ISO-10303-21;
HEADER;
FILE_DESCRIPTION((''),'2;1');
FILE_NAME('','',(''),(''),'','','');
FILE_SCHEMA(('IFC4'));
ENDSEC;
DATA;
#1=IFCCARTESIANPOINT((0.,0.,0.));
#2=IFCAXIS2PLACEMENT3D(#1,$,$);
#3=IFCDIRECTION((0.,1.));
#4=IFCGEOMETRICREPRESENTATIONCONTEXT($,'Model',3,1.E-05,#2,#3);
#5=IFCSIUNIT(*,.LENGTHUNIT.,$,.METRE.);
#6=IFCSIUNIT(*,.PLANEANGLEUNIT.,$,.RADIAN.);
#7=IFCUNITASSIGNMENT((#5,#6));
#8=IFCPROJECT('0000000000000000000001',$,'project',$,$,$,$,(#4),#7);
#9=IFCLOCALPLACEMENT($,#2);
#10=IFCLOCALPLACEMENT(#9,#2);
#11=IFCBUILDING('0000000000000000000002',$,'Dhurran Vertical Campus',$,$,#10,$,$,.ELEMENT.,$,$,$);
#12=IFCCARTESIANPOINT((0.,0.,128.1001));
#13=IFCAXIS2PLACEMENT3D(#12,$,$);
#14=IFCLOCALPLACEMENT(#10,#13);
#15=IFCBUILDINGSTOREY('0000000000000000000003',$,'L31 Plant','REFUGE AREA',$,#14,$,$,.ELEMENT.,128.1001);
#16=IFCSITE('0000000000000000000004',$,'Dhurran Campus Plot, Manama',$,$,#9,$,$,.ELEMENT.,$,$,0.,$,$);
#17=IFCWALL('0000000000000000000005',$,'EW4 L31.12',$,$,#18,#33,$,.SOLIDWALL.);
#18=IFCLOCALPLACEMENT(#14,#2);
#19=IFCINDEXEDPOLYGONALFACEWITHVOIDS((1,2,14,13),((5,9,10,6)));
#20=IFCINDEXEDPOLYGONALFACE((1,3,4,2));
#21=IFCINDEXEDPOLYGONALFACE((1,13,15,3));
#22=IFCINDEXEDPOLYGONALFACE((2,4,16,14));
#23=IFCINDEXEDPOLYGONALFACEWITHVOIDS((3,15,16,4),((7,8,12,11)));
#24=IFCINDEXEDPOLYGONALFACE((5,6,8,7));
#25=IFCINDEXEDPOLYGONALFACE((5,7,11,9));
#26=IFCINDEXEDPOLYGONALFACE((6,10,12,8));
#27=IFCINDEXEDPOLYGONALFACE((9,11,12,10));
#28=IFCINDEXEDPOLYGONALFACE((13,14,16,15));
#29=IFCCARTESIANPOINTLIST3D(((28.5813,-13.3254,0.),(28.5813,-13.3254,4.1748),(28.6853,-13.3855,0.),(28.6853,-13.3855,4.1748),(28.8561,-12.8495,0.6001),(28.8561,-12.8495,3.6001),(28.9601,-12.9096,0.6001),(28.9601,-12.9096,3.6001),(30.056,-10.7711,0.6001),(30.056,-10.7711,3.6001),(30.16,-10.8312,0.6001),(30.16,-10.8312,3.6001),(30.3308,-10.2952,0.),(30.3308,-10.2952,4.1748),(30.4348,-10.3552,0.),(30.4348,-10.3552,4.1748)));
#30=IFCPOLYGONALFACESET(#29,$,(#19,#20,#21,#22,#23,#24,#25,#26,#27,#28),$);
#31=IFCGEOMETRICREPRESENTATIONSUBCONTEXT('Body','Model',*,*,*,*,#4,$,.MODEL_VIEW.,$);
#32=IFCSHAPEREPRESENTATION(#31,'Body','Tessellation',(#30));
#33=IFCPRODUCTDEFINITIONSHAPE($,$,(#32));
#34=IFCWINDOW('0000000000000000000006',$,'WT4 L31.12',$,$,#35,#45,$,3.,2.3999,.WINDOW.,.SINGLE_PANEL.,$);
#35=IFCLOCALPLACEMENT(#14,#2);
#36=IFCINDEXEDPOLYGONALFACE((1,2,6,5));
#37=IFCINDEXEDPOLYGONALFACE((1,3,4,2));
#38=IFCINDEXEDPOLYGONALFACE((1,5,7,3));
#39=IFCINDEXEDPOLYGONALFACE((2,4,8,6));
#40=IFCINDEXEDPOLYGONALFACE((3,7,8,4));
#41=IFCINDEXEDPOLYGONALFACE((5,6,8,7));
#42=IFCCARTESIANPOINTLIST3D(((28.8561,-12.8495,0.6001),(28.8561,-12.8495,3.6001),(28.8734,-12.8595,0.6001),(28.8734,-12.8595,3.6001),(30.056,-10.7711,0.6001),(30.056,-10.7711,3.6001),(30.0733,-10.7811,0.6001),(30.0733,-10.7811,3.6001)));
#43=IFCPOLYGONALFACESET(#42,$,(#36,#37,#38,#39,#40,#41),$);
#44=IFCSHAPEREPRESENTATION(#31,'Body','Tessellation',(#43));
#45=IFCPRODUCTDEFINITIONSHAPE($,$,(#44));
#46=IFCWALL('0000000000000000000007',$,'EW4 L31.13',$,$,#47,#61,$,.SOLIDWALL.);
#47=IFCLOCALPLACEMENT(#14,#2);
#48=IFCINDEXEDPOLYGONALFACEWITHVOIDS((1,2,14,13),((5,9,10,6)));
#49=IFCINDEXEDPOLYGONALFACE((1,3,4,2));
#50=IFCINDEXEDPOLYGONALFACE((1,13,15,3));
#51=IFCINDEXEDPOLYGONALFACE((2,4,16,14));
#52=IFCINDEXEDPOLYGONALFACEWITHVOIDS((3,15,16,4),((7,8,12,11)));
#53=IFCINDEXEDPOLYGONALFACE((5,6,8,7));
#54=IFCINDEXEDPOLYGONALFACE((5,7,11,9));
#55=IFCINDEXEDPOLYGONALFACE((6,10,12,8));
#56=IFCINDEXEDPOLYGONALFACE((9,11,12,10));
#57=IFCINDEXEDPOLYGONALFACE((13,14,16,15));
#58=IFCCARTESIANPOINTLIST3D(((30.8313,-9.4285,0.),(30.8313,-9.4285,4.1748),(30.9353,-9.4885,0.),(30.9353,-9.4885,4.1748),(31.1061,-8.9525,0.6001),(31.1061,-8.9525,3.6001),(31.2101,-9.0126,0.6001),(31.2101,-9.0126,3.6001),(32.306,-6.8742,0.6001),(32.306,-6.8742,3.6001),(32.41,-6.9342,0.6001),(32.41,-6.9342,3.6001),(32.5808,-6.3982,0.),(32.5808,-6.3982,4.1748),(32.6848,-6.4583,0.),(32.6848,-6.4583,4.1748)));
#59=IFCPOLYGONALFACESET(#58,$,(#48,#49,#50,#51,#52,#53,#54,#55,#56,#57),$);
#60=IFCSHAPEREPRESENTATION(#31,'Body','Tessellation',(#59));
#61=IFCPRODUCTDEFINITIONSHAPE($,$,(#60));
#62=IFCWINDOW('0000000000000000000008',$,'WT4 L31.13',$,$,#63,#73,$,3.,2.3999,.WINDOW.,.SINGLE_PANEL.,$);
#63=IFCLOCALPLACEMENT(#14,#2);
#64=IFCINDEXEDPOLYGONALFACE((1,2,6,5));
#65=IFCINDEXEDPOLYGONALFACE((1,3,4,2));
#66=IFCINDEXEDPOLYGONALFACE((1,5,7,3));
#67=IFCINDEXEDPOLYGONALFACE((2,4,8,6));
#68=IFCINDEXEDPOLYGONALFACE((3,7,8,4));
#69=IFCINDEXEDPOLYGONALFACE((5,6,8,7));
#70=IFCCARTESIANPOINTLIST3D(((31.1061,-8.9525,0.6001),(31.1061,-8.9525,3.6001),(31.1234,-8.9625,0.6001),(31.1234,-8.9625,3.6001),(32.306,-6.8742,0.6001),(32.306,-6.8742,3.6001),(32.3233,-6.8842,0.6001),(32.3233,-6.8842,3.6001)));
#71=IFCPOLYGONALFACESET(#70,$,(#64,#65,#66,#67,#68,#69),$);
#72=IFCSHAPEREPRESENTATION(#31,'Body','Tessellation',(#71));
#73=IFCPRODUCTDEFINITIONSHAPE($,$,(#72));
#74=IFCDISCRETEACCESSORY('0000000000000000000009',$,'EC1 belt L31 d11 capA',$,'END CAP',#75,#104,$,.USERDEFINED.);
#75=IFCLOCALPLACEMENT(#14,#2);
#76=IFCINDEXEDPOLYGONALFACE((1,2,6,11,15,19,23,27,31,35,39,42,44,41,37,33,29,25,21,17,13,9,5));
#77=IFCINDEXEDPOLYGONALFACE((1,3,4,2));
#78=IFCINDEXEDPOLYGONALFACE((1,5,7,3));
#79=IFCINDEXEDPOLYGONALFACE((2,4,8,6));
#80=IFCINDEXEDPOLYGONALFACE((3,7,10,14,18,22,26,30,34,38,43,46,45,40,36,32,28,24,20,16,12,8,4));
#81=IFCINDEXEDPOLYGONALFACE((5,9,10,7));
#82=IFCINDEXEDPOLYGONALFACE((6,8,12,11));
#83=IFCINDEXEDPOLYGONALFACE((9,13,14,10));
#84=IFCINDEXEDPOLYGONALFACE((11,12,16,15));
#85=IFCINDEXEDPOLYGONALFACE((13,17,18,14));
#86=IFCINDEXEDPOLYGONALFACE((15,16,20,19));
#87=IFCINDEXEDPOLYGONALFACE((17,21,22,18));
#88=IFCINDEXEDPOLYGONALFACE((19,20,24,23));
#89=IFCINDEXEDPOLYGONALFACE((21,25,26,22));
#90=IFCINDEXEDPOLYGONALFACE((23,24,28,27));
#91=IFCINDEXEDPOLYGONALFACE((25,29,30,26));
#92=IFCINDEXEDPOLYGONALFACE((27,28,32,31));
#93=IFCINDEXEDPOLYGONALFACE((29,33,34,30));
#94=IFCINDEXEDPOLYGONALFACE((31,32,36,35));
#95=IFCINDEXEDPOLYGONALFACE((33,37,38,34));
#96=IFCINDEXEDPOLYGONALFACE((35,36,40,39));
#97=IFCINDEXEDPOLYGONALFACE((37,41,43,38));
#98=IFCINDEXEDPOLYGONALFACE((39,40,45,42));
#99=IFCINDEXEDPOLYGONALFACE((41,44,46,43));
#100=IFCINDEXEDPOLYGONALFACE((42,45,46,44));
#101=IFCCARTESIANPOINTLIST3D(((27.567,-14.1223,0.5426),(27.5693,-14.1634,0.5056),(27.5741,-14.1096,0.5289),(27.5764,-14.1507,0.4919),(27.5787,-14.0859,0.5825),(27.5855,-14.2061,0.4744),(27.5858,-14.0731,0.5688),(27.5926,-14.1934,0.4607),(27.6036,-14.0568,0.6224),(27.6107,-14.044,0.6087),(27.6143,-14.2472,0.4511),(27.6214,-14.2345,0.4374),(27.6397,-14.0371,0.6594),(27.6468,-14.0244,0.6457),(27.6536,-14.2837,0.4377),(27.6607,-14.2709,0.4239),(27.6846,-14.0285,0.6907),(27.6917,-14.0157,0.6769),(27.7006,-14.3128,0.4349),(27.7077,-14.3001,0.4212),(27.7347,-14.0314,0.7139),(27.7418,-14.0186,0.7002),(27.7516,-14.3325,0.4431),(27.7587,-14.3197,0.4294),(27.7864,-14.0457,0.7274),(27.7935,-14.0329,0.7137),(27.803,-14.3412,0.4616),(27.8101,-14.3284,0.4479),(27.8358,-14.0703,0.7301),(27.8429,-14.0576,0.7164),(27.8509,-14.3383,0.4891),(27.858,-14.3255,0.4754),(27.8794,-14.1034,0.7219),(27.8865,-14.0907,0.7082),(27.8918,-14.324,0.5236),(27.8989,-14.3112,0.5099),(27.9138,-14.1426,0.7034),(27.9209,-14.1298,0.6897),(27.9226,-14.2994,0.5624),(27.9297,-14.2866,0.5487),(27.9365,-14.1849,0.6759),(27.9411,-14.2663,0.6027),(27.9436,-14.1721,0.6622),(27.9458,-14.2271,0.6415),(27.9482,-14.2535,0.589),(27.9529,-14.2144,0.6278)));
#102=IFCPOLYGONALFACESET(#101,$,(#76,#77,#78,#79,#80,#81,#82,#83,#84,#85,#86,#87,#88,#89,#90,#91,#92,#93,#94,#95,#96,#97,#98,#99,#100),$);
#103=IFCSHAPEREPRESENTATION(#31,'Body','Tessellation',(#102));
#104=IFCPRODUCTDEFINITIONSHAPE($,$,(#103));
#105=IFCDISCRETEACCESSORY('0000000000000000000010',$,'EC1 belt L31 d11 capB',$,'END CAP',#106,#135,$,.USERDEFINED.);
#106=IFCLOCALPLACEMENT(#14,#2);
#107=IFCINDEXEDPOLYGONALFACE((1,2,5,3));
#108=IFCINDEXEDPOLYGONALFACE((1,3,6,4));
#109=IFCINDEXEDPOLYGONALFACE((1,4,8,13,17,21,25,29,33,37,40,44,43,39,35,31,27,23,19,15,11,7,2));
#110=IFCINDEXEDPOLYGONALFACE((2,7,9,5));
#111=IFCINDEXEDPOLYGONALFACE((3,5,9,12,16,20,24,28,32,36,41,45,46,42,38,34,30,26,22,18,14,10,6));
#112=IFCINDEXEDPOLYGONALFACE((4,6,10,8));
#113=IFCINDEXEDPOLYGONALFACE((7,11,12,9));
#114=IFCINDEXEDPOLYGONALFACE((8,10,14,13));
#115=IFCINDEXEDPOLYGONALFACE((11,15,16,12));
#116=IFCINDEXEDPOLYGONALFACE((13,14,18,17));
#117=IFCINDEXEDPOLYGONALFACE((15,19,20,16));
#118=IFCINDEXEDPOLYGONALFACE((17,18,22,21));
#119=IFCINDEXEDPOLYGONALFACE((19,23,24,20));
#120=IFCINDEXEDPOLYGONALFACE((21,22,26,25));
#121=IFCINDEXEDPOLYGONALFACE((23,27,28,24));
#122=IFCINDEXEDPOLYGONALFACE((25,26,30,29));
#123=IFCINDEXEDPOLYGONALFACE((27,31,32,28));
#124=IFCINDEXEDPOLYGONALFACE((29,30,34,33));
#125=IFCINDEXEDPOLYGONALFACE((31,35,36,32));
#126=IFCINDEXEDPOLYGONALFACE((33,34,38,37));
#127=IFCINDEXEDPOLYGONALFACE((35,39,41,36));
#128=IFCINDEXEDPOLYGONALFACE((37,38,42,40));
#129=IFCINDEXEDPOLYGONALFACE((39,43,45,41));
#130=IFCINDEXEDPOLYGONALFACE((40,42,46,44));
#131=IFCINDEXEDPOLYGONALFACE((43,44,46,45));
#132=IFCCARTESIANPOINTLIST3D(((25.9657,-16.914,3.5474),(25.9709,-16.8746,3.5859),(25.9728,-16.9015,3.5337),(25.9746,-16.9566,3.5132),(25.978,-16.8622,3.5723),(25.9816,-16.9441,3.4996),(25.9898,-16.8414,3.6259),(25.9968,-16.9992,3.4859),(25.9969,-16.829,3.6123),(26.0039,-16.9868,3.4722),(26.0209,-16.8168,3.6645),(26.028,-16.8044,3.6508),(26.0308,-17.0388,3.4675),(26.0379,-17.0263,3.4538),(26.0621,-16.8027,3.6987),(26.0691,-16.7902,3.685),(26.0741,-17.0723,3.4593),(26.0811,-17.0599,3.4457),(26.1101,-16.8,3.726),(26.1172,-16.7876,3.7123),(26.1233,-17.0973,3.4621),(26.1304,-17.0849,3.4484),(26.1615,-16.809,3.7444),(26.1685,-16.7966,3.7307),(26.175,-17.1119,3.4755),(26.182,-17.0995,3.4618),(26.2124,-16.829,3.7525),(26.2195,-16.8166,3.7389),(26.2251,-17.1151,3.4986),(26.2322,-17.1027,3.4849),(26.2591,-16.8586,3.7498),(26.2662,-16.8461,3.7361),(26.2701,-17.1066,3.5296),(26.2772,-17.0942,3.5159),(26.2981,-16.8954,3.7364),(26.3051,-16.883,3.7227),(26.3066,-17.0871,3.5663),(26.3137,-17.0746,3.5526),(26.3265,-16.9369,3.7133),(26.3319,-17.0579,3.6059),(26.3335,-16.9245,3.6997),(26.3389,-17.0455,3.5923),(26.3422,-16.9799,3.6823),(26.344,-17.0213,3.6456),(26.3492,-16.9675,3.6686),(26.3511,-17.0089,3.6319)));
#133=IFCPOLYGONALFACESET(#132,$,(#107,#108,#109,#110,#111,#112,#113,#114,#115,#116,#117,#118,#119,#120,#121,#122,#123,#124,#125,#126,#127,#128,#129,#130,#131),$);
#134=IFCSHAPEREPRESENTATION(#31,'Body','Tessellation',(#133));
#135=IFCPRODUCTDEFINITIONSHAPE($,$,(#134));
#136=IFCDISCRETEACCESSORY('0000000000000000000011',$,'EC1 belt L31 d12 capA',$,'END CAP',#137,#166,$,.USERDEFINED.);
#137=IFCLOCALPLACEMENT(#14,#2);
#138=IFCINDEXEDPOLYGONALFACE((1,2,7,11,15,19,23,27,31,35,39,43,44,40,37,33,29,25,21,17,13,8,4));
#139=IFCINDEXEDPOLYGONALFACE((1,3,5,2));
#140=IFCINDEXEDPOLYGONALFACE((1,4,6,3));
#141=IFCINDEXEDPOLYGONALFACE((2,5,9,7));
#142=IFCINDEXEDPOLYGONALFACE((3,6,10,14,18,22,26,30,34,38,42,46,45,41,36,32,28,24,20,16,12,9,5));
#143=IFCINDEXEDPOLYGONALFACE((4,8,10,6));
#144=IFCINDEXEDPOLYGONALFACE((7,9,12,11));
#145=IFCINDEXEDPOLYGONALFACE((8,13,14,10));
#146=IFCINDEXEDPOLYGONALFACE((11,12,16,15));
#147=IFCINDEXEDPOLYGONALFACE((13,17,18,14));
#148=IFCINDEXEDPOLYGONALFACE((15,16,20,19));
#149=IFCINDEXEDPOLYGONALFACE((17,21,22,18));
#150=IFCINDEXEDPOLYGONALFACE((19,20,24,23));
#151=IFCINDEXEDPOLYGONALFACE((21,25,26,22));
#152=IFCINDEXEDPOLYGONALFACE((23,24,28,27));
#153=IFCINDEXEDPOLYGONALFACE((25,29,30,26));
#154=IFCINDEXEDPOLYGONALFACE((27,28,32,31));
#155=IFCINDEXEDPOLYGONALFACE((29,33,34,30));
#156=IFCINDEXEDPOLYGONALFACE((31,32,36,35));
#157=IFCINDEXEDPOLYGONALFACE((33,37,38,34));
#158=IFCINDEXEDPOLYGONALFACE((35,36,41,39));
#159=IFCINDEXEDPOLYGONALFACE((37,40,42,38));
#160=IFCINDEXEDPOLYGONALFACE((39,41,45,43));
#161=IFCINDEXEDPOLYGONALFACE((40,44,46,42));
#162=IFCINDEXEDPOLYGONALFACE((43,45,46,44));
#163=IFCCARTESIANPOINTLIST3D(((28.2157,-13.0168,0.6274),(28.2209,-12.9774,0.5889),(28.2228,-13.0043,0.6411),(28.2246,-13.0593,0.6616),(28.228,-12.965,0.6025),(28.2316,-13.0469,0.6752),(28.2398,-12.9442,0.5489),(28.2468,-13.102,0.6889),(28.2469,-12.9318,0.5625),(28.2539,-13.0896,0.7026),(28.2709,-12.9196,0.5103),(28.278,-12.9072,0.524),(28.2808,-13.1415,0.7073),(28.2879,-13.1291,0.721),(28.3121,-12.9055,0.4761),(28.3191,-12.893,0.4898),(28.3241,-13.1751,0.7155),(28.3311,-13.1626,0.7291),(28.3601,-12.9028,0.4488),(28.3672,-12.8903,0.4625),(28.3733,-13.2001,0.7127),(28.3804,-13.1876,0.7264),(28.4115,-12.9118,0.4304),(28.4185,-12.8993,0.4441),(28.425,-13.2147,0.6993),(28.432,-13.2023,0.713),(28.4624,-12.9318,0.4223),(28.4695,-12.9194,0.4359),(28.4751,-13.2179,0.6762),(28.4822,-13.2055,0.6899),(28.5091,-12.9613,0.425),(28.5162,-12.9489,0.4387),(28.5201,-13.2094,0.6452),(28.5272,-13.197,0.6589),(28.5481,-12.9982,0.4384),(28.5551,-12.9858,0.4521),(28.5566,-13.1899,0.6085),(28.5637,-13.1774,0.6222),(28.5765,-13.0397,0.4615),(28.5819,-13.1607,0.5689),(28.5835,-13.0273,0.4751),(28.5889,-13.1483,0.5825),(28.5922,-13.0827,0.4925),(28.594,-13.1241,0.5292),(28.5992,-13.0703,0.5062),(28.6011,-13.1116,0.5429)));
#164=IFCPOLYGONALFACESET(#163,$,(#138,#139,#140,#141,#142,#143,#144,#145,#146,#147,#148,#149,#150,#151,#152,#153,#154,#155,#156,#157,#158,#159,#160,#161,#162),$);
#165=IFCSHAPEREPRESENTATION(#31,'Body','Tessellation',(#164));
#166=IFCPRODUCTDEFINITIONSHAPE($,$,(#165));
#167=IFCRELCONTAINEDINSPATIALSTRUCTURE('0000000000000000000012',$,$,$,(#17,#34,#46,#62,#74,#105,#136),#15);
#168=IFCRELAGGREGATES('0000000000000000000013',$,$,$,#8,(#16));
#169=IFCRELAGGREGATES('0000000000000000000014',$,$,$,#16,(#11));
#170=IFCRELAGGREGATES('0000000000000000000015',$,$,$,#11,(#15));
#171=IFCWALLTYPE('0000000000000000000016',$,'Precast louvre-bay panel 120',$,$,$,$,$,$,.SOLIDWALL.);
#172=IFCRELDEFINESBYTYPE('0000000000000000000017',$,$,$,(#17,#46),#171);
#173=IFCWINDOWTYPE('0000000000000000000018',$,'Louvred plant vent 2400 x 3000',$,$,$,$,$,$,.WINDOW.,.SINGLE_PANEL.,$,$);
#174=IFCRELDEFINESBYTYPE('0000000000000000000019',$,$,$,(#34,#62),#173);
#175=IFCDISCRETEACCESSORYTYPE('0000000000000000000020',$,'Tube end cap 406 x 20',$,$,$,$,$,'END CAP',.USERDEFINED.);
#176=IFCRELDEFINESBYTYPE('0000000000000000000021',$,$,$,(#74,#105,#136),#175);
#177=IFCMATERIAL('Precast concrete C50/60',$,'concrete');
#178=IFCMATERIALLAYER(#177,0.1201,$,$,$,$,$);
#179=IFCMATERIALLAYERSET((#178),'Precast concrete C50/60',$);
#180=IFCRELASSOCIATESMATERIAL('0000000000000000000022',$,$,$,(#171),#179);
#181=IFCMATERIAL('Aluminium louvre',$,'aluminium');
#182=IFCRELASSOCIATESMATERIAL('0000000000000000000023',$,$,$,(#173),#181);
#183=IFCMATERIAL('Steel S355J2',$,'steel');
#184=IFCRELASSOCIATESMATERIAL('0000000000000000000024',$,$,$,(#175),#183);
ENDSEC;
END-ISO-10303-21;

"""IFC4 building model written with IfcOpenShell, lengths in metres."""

from ifc_helpers import new_model, si_unit, direction, frame, frame_2d, origin, origin_2d, place, context, subcontext, project, spatial, rectangle, circle, extrude, material, layer, layer_set, material_profile, profile_set, type_object, element, fill, save


model = new_model("IFC4")

# Units and contexts
model_context = context("Model", 3, precision=1e-05, world=origin(), true_north=direction((0.0, 1.0)))
body_context = subcontext(model_context, "Body", "Model", "MODEL_VIEW")
ifc_project = project(units=[si_unit("LENGTHUNIT", "METRE"), si_unit("PLANEANGLEUNIT", "RADIAN")], contexts=[model_context])

# Site, building, storey
site_placement = place(None, origin())
site = spatial("IfcSite", under=ifc_project, at=site_placement, Name="Dhurran Campus Plot, Manama", CompositionType="ELEMENT", RefElevation=0.0)
building_placement = place(site_placement, origin())
building = spatial("IfcBuilding", under=site, at=building_placement, Name="Dhurran Vertical Campus", CompositionType="ELEMENT")
storey_placement = place(building_placement, frame((0.0, 0.0, 128.1001)))
storey = spatial("IfcBuildingStorey", under=building, at=storey_placement, Name="L31 Plant", Description="REFUGE AREA", CompositionType="ELEMENT", Elevation=128.1001)

# Walls, openings, windows
ifc_material_1 = material(Name="Precast concrete C50/60", Category="concrete")
ifc_layer = layer(ifc_material_1, 0.1201)
ifc_layer_set = layer_set([ifc_layer], Name="Precast concrete C50/60")
wall_type = type_object("IfcWallType", Name="Precast louvre-bay panel 120", PredefinedType="SOLIDWALL", material=ifc_layer_set)
wall_1_placement = place(storey_placement, frame((28.6333, -13.3555, 0.0), z_axis=(0.0, 0.0, 1.0), x_axis=(0.499996, 0.866028, 0.0)))
wall_1 = element("IfcWall", 1, at=wall_1_placement, inside=storey, type_object=wall_type, Name="EW4 L31.12", PredefinedType="SOLIDWALL", context=body_context, shape_type="SweptSolid", body=[
    extrude(rectangle(XDim=3.499, YDim=0.1201, at=frame_2d((1.7495, 0.0))), origin(), (0.0, 0.0, 1.0), 4.1748),
])
opening_1_placement = place(wall_1_placement, frame((0.5496, 0.0, 0.6001)))
opening_1 = element("IfcOpeningElement", 2, at=opening_1_placement, cuts=wall_1, PredefinedType="OPENING", context=body_context, shape_type="SweptSolid", body=[
    extrude(rectangle(XDim=2.3999, YDim=3.0, at=frame_2d((1.2, 1.5))), frame((0.0, 0.0701, 0.0), z_axis=(0.0, -1.0, 0.0), x_axis=(1.0, 0.0, 0.0)), (0.0, 0.0, 1.0), 0.1401),
])
ifc_material_2 = material(Name="Aluminium louvre", Category="aluminium")
window_type = type_object("IfcWindowType", Name="Louvred plant vent 2400 x 3000", PartitioningType="SINGLE_PANEL", PredefinedType="WINDOW", material=ifc_material_2)
window_1_placement = place(opening_1_placement, origin())
window_1 = element("IfcWindow", 3, at=window_1_placement, inside=storey, type_object=window_type, Name="WT4 L31.12", OverallHeight=3.0, OverallWidth=2.3999, PartitioningType="SINGLE_PANEL", PredefinedType="WINDOW", context=body_context, shape_type="SweptSolid", body=[
    extrude(rectangle(XDim=2.3999, YDim=3.0, at=frame_2d((1.2, 1.5))), frame((0.0, 0.0601, 0.0), z_axis=(0.0, -1.0, 0.0), x_axis=(1.0, 0.0, 0.0)), (0.0, 0.0, 1.0), 0.02),
])
fill(opening_1, window_1)
wall_2_placement = place(storey_placement, frame((30.8833, -9.4585, 0.0), z_axis=(0.0, 0.0, 1.0), x_axis=(0.499996, 0.866028, 0.0)))
wall_2 = element("IfcWall", 4, at=wall_2_placement, inside=storey, type_object=wall_type, Name="EW4 L31.13", PredefinedType="SOLIDWALL", context=body_context, shape_type="SweptSolid", body=[
    extrude(rectangle(XDim=3.499, YDim=0.1201, at=frame_2d((1.7495, 0.0))), origin(), (0.0, 0.0, 1.0), 4.1748),
])
opening_2_placement = place(wall_2_placement, frame((0.5496, 0.0, 0.6001)))
opening_2 = element("IfcOpeningElement", 5, at=opening_2_placement, cuts=wall_2, PredefinedType="OPENING", context=body_context, shape_type="SweptSolid", body=[
    extrude(rectangle(XDim=2.3999, YDim=3.0, at=frame_2d((1.2, 1.5))), frame((0.0, 0.0701, 0.0), z_axis=(0.0, -1.0, 0.0), x_axis=(1.0, 0.0, 0.0)), (0.0, 0.0, 1.0), 0.1401),
])
window_2_placement = place(opening_2_placement, origin())
window_2 = element("IfcWindow", 6, at=window_2_placement, inside=storey, type_object=window_type, Name="WT4 L31.13", OverallHeight=3.0, OverallWidth=2.3999, PartitioningType="SINGLE_PANEL", PredefinedType="WINDOW", context=body_context, shape_type="SweptSolid", body=[
    extrude(rectangle(XDim=2.3999, YDim=3.0, at=frame_2d((1.2, 1.5))), frame((0.0, 0.0601, 0.0), z_axis=(0.0, -1.0, 0.0), x_axis=(1.0, 0.0, 0.0)), (0.0, 0.0, 1.0), 0.02),
])
fill(opening_2, window_2)

# Discrete accessories
ifc_material_3 = material(Name="Steel S355J2", Category="steel")
ifc_material_profile_1 = material_profile(ifc_material_3, circle(Radius=0.2031, at=origin_2d()), Name="Tube end cap 406 x 20")
ifc_profile_set_1 = profile_set([ifc_material_profile_1], Name="Steel S355J2")
discrete_accessory_type = type_object("IfcDiscreteAccessoryType", Name="Tube end cap 406 x 20", ElementType="END CAP", PredefinedType="USERDEFINED", material=ifc_profile_set_1)
discrete_accessory_placement = place(storey_placement, frame((27.7561, -14.1848, 0.5825), z_axis=(0.354795, 0.636184, -0.685121), x_axis=(-0.873364, 0.487068, 0.0)))
element("IfcDiscreteAccessory", 7, at=discrete_accessory_placement, inside=storey, type_object=discrete_accessory_type, Name="EC1 belt L31 d11 capA", ObjectType="END CAP", PredefinedType="USERDEFINED", context=body_context, shape_type="SweptSolid", body=[
    extrude(circle(Radius=0.2031, at=origin_2d()), origin(), (0.0, 0.0, 1.0), 0.02),
])
for number, where, z_axis, x_axis, name in (
    (8, (26.1624, -16.9451, 3.5923), (-0.357562, -0.628816, 0.690464), (0.86929, -0.494302, 0.0), "EC1 belt L31 d11 capB"),
    (9, (28.4124, -13.0479, 0.5825), (-0.357562, -0.628816, -0.690464), (0.86929, -0.494302, 0.0), "EC1 belt L31 d12 capA"),
):
    element("IfcDiscreteAccessory", number, at=place(storey_placement, frame(where, z_axis=z_axis, x_axis=x_axis)), inside=storey, type_object=discrete_accessory_type, Name=name, ObjectType="END CAP", PredefinedType="USERDEFINED", context=body_context, shape_type="SweptSolid", body=[
        extrude(circle(Radius=0.2031, at=origin_2d()), origin(), (0.0, 0.0, 1.0), 0.0198),
    ])

save(model, "model.ifc")
